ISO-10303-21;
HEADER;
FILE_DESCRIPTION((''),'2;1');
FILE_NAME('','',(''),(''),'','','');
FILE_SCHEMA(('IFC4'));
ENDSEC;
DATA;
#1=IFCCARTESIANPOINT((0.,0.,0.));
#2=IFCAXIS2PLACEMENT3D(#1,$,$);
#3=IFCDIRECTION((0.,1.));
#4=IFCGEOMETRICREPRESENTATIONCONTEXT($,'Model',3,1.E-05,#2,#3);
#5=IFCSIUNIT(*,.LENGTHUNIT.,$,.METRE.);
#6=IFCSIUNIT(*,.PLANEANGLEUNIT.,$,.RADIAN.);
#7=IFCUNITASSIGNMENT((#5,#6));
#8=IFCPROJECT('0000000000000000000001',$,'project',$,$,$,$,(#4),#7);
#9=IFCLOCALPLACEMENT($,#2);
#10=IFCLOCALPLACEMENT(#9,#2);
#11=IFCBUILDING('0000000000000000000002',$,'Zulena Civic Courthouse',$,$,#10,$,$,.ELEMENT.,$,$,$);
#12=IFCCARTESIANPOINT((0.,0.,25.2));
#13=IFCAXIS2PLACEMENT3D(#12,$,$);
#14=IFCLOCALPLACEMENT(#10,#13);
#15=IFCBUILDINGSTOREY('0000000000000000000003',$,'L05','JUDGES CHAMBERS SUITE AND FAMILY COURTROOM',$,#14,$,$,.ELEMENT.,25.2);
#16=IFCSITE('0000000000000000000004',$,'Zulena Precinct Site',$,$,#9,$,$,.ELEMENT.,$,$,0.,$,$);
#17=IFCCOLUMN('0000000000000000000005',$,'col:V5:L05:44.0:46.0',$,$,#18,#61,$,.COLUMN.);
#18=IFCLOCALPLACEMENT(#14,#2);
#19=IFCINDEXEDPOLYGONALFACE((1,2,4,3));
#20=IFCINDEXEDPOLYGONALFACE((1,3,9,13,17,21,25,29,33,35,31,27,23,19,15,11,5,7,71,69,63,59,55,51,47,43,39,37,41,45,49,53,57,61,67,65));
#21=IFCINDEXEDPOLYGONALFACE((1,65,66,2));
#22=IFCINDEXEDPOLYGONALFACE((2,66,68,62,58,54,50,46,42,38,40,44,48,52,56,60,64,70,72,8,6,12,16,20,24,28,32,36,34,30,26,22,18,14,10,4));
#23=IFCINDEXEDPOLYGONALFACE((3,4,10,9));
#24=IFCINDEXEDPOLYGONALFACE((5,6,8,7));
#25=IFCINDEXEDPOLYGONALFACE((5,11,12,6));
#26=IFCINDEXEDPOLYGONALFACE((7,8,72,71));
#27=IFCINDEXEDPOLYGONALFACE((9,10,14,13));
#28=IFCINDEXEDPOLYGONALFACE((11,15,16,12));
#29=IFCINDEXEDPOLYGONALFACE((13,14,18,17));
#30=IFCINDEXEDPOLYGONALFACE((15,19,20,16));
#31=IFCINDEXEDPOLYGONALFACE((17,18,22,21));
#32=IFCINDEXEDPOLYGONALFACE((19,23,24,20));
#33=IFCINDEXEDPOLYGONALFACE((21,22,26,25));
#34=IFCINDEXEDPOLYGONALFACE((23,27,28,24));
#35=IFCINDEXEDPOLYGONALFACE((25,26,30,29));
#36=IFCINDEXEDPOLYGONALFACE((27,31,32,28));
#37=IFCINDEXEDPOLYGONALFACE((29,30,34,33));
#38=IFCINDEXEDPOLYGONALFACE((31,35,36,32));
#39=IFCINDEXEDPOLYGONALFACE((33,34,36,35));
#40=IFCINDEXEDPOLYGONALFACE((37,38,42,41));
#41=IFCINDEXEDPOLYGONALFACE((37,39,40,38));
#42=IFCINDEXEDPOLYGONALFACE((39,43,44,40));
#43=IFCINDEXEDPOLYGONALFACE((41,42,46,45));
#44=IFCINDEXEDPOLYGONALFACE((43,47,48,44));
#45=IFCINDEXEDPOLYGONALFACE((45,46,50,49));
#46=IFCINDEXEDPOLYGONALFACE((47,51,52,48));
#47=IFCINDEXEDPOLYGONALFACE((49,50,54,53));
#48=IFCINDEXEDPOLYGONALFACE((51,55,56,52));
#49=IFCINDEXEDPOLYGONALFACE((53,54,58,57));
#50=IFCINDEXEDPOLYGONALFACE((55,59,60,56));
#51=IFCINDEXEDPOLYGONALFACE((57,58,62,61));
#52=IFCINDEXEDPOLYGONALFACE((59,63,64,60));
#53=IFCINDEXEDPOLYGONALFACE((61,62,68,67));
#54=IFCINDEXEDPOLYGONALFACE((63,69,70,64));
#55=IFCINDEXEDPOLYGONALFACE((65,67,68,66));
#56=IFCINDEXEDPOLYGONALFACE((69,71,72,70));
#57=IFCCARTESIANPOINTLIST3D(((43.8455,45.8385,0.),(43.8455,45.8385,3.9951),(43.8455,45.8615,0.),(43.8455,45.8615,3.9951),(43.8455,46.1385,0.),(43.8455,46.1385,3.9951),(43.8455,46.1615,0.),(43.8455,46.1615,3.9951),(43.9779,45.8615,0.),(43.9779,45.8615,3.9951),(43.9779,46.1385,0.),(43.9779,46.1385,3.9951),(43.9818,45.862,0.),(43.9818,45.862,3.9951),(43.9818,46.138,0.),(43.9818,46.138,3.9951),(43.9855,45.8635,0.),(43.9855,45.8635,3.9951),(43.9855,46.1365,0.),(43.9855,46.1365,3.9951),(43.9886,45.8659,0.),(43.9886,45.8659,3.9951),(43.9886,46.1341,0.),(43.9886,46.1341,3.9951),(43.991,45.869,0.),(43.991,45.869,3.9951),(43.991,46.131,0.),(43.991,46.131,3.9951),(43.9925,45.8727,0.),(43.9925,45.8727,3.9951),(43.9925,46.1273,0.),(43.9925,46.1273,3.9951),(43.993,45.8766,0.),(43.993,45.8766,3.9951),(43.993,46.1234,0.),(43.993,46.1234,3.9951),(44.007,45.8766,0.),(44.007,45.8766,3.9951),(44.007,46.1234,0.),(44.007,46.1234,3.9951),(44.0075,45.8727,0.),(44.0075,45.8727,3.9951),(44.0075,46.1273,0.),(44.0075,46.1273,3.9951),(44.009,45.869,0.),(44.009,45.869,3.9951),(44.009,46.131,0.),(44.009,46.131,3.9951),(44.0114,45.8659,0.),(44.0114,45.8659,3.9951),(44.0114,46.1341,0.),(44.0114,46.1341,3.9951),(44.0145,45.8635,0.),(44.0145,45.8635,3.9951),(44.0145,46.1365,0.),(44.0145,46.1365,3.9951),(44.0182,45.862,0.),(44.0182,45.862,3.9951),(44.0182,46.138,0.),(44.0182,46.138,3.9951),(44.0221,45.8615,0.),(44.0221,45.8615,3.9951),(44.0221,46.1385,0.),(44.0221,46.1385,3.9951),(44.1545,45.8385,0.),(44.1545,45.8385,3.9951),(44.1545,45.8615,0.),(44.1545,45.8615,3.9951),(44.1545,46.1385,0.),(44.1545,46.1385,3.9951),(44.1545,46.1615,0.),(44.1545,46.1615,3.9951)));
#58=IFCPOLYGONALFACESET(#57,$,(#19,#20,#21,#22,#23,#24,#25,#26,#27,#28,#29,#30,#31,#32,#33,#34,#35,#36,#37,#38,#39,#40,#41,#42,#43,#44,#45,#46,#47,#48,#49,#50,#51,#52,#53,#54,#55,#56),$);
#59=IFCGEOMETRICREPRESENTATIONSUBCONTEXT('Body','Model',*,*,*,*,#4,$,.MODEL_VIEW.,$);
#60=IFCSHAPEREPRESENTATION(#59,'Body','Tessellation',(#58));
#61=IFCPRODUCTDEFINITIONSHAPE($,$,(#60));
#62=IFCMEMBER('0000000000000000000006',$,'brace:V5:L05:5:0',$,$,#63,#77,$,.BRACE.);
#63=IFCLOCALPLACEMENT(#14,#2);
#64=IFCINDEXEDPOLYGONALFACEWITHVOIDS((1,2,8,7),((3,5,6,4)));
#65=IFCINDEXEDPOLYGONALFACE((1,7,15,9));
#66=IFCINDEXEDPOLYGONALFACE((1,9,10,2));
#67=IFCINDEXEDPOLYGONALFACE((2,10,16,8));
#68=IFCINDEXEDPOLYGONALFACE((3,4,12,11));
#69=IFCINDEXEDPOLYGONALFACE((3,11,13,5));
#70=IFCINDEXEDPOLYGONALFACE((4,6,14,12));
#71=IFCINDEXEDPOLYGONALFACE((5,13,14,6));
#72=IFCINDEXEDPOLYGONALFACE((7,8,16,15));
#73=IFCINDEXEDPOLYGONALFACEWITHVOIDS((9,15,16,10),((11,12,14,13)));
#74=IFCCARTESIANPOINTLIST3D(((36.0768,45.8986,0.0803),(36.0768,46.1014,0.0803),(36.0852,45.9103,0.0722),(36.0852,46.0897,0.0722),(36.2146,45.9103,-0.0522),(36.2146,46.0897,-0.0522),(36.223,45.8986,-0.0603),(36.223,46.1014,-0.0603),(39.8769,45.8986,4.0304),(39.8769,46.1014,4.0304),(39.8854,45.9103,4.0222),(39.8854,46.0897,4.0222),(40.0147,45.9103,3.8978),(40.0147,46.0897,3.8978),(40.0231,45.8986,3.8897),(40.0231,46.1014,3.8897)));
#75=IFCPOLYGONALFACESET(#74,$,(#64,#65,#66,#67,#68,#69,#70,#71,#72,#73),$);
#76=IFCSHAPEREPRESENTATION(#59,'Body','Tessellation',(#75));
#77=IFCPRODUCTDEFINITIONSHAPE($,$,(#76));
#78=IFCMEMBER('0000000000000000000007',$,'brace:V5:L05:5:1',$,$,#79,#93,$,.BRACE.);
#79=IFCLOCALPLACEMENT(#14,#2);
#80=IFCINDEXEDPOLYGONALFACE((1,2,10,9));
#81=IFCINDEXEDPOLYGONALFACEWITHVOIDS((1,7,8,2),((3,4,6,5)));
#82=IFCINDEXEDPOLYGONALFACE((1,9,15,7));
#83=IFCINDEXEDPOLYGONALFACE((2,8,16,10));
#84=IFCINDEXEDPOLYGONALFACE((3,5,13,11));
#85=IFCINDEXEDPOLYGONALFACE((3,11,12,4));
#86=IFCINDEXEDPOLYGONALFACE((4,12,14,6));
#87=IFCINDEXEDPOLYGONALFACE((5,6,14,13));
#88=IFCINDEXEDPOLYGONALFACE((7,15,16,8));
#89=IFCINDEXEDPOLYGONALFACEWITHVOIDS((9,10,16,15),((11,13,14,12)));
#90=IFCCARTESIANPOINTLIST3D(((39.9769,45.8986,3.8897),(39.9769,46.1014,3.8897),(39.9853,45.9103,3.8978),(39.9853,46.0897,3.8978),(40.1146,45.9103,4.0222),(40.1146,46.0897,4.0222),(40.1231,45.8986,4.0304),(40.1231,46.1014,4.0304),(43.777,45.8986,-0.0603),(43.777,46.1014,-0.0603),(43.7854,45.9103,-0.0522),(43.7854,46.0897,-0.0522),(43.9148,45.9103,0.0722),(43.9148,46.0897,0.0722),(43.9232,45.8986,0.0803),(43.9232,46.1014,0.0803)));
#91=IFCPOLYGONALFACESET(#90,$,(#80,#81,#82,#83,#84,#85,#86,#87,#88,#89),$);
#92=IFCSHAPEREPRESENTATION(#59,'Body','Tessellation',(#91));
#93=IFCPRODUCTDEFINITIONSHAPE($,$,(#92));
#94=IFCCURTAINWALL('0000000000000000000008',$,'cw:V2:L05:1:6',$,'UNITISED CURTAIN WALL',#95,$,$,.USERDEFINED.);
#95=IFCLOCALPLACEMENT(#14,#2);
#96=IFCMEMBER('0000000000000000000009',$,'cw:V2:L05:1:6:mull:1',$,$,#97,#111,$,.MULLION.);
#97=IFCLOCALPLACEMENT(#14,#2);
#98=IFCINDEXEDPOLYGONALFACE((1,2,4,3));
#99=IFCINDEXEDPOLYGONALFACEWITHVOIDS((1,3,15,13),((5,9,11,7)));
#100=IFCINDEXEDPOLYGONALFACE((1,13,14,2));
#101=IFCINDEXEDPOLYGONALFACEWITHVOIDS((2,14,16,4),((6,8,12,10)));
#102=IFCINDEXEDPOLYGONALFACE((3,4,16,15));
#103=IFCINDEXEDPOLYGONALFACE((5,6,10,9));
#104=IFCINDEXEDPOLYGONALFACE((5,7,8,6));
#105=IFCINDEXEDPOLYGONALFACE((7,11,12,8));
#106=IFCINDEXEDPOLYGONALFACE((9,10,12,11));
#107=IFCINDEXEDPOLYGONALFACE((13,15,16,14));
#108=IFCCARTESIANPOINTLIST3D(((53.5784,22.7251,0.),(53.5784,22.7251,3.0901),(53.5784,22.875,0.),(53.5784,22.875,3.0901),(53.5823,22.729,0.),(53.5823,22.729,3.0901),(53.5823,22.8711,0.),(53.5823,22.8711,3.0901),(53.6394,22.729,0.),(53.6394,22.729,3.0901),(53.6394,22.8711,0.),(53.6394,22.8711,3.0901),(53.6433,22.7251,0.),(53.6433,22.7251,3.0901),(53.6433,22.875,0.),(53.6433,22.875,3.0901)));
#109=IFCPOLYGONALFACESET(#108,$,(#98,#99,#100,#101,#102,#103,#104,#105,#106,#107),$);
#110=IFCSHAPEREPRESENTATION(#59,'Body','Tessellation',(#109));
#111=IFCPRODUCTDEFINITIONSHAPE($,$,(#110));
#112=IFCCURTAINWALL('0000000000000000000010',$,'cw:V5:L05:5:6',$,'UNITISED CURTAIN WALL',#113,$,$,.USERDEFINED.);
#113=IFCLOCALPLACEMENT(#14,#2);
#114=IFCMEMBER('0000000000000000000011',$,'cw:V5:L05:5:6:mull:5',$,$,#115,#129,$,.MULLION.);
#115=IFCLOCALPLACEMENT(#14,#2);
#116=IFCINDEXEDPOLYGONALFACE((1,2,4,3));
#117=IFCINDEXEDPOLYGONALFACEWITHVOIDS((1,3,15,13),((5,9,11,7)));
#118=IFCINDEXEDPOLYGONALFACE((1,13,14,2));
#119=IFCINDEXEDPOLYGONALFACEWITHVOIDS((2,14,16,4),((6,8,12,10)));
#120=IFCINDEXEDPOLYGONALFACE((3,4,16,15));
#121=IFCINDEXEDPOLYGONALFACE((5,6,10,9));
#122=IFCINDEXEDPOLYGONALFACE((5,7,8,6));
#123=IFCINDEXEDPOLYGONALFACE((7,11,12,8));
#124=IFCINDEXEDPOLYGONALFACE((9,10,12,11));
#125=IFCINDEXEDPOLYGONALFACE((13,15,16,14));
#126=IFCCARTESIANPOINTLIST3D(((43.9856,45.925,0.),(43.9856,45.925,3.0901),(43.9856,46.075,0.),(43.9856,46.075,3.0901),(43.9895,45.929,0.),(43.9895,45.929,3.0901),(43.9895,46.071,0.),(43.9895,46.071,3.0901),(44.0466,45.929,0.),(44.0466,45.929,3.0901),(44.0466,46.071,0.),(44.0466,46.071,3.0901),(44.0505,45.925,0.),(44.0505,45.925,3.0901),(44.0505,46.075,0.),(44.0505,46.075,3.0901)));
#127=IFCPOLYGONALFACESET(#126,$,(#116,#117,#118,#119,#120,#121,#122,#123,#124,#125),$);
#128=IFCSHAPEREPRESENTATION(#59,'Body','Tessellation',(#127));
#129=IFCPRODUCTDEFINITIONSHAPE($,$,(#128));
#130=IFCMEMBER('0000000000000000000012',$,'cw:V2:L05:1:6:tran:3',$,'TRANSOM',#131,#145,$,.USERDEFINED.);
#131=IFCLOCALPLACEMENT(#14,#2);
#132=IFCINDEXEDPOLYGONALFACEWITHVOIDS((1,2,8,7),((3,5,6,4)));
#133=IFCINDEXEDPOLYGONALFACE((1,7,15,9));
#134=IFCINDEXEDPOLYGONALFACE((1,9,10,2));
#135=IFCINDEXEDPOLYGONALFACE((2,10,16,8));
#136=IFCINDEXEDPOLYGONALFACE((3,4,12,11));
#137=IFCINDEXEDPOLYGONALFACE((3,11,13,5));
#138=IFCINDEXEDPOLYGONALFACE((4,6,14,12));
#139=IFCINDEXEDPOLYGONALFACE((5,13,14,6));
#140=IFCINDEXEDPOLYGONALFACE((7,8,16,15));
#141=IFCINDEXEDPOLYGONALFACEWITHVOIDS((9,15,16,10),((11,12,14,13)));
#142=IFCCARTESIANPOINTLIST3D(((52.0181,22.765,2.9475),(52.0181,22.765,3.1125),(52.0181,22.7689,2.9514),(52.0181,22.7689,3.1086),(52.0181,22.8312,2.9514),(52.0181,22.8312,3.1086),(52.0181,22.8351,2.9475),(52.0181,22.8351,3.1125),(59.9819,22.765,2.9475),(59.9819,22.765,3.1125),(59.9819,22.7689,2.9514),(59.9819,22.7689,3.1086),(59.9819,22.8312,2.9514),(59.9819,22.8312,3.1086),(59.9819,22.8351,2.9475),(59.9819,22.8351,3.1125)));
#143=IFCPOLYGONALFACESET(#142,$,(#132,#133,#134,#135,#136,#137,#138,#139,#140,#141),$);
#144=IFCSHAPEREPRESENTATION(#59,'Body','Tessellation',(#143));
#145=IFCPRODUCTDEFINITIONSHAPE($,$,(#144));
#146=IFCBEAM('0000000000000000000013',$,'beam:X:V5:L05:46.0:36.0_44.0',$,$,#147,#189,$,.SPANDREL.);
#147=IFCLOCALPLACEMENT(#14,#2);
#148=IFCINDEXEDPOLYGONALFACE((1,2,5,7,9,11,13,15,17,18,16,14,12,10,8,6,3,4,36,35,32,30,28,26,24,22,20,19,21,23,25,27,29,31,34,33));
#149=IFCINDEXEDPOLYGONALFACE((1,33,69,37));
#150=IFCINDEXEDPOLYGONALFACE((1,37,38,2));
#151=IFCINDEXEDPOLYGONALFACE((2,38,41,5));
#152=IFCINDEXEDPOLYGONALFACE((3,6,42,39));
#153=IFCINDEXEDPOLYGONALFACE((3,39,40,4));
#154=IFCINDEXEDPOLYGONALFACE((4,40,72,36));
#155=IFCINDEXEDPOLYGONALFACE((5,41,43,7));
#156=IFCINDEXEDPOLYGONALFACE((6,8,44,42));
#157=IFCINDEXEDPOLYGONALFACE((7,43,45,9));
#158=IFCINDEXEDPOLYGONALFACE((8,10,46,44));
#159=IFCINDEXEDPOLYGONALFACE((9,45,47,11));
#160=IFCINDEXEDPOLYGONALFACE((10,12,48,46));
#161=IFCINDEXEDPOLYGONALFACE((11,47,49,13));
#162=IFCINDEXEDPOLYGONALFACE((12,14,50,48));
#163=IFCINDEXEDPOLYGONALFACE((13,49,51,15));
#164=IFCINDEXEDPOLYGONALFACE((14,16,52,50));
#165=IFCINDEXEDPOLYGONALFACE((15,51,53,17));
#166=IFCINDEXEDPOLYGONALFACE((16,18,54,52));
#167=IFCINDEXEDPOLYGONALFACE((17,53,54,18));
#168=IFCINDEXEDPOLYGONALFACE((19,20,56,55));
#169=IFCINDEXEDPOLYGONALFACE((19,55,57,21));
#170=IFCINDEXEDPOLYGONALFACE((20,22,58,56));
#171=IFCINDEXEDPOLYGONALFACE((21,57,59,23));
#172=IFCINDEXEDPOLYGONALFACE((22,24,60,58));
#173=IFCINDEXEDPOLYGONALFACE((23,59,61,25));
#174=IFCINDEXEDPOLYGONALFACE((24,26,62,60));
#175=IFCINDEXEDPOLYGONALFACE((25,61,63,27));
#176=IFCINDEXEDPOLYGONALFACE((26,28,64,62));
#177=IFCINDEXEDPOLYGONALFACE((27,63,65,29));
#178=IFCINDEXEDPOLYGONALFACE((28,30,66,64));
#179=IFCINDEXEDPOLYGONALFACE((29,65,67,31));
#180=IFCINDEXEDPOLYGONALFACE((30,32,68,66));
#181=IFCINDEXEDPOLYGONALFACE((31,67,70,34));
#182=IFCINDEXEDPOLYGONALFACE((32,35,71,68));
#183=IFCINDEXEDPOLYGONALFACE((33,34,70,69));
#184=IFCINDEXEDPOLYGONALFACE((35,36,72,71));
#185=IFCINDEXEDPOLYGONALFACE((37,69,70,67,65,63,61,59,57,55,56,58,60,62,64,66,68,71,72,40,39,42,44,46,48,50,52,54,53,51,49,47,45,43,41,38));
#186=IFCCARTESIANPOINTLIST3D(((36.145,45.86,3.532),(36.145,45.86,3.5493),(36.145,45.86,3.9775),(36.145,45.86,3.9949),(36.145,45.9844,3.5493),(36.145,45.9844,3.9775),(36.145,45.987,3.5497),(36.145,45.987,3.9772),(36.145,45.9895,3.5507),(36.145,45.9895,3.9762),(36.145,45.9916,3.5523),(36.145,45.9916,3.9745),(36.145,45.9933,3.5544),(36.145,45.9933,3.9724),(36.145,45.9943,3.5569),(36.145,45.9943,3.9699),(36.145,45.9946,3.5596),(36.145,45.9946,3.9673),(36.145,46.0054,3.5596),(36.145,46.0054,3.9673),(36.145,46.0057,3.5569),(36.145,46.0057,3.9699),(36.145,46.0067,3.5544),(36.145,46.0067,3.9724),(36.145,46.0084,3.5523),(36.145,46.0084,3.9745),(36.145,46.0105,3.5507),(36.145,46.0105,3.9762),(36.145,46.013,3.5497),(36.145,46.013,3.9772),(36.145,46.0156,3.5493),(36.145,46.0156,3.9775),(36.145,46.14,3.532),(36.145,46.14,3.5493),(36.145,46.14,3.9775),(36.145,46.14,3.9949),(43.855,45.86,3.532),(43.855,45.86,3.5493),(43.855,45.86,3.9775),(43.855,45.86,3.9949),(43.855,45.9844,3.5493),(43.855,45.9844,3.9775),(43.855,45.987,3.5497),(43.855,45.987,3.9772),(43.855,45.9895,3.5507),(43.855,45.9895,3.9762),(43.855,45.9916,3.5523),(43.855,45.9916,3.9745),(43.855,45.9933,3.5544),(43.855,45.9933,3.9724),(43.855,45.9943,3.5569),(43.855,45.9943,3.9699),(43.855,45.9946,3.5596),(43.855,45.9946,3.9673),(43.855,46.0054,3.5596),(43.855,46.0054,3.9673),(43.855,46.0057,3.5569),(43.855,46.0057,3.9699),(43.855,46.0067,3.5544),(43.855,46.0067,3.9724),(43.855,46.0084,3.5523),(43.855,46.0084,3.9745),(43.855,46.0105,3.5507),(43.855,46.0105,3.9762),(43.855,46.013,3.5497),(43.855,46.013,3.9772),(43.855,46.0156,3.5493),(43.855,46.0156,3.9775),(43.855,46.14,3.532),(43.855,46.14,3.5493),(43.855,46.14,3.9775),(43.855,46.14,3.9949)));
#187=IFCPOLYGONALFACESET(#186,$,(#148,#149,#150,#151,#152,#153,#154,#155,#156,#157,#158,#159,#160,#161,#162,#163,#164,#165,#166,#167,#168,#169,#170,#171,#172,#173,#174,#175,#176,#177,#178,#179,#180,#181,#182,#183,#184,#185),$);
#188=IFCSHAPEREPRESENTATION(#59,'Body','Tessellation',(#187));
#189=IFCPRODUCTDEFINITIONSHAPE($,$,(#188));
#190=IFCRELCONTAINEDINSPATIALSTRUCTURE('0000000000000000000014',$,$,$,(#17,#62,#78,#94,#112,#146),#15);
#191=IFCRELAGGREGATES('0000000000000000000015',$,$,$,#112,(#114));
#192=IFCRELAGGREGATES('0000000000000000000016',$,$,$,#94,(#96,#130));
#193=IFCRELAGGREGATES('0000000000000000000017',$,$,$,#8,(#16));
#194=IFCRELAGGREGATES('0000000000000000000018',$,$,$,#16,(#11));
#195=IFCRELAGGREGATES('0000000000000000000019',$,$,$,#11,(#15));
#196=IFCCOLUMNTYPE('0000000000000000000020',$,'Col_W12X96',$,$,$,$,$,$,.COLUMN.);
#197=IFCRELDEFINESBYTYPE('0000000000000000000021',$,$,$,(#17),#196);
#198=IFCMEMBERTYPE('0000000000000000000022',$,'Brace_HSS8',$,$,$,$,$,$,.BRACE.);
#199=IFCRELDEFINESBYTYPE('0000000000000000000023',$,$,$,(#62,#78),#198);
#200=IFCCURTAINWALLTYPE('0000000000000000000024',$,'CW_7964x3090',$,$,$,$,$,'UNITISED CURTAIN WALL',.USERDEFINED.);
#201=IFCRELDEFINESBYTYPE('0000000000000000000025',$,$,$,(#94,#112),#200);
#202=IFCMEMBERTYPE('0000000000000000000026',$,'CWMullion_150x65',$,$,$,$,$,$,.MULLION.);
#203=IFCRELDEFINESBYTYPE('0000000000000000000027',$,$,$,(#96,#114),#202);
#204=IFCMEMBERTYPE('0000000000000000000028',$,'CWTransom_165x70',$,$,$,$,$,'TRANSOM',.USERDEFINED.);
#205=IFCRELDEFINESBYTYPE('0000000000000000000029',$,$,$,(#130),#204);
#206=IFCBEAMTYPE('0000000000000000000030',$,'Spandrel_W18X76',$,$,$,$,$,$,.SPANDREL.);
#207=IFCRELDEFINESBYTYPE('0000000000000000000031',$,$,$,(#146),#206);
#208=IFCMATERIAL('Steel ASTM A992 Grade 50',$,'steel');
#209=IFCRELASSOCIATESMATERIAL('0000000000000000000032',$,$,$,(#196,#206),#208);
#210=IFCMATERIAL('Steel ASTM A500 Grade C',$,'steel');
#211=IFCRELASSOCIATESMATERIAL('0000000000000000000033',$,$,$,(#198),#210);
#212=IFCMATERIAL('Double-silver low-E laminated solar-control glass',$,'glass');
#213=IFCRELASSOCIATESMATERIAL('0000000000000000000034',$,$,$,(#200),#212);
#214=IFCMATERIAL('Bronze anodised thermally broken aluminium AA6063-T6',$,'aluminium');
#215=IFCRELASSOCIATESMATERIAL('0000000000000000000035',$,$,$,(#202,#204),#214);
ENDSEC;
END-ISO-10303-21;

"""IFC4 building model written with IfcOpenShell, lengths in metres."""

from ifc_helpers import new_model, si_unit, direction, frame, origin, origin_2d, place, context, subcontext, project, spatial, hollow_rectangle, i_section, extrude, material, material_profile, profile_set, type_object, element, aggregate, save


model = new_model("IFC4")

# Units and contexts
model_context = context("Model", 3, precision=1e-05, world=origin(), true_north=direction((0.0, 1.0)))
body_context = subcontext(model_context, "Body", "Model", "MODEL_VIEW")
ifc_project = project(units=[si_unit("LENGTHUNIT", "METRE"), si_unit("PLANEANGLEUNIT", "RADIAN")], contexts=[model_context])

# Site, building, storey
site_placement = place(None, origin())
site = spatial("IfcSite", under=ifc_project, at=site_placement, Name="Zulena Precinct Site", CompositionType="ELEMENT", RefElevation=0.0)
building_placement = place(site_placement, origin())
building = spatial("IfcBuilding", under=site, at=building_placement, Name="Zulena Civic Courthouse", CompositionType="ELEMENT")
storey_placement = place(building_placement, frame((0.0, 0.0, 25.2)))
storey = spatial("IfcBuildingStorey", under=building, at=storey_placement, Name="L05", Description="JUDGES CHAMBERS SUITE AND FAMILY COURTROOM", CompositionType="ELEMENT", Elevation=25.2)

# Column
ifc_material_1 = material(Name="Steel ASTM A992 Grade 50", Category="steel")
ifc_material_profile_1 = material_profile(ifc_material_1, i_section(OverallWidth=0.3091, OverallDepth=0.323, WebThickness=0.0139, FlangeThickness=0.0229, FilletRadius=0.0151, at=origin_2d()), Name="W12X96")
ifc_profile_set_1 = profile_set([ifc_material_profile_1], Name="Steel ASTM A992 Grade 50")
column_type = type_object("IfcColumnType", Name="Col_W12X96", PredefinedType="COLUMN", material=ifc_profile_set_1)
column_placement = place(storey_placement, frame((44.0, 46.0, 0.0), z_axis=(0.0, 0.0, 1.0), x_axis=(1.0, 0.0, 0.0)))
element("IfcColumn", 1, at=column_placement, inside=storey, type_object=column_type, Name="col:V5:L05:44.0:46.0", PredefinedType="COLUMN", context=body_context, shape_type="SweptSolid", body=[
    extrude(i_section(OverallWidth=0.3091, OverallDepth=0.323, WebThickness=0.0139, FlangeThickness=0.0229, FilletRadius=0.0151, at=origin_2d()), origin(), (0.0, 0.0, 1.0), 3.9951),
])

# Members
ifc_material_2 = material(Name="Steel ASTM A500 Grade C", Category="steel")
ifc_material_profile_2 = material_profile(ifc_material_2, hollow_rectangle(XDim=0.2029, YDim=0.2029, WallThickness=0.0117, at=origin_2d()), Name="HSS8X8X1/2")
ifc_profile_set_2 = profile_set([ifc_material_profile_2], Name="Steel ASTM A500 Grade C")
member_type_1 = type_object("IfcMemberType", Name="Brace_HSS8", PredefinedType="BRACE", material=ifc_profile_set_2)
for number, where, z_axis, x_axis, name in (
    (2, (36.1499, 46.0, 0.01), (0.6933, 0.0, 0.720649), (0.0, 1.0, 0.0), "brace:V5:L05:5:0"),
    (3, (43.8501, 46.0, 0.01), (-0.6933, 0.0, 0.720649), (0.0, -1.0, 0.0), "brace:V5:L05:5:1"),
):
    element("IfcMember", number, at=place(storey_placement, frame(where, z_axis=z_axis, x_axis=x_axis)), inside=storey, type_object=member_type_1, Name=name, PredefinedType="BRACE", context=body_context, shape_type="SweptSolid", body=[
        extrude(hollow_rectangle(XDim=0.2029, YDim=0.2029, WallThickness=0.0117, at=origin_2d()), origin(), (0.0, 0.0, 1.0), 5.4812),
    ])

# Curtain walls, members
ifc_material_3 = material(Name="Double-silver low-E laminated solar-control glass", Category="glass")
curtain_wall_type = type_object("IfcCurtainWallType", Name="CW_7964x3090", ElementType="UNITISED CURTAIN WALL", PredefinedType="USERDEFINED", material=ifc_material_3)
curtain_wall_1_placement = place(storey_placement, origin())
curtain_wall_1 = element("IfcCurtainWall", 4, at=curtain_wall_1_placement, inside=storey, type_object=curtain_wall_type, Name="cw:V2:L05:1:6", ObjectType="UNITISED CURTAIN WALL", PredefinedType="USERDEFINED")
ifc_material_4 = material(Name="Bronze anodised thermally broken aluminium AA6063-T6", Category="aluminium")
ifc_material_profile_3 = material_profile(ifc_material_4, hollow_rectangle(XDim=0.0649, YDim=0.1499, WallThickness=0.0039, at=origin_2d()), Name="CWM150X65X4")
ifc_profile_set_3 = profile_set([ifc_material_profile_3], Name="Bronze anodised thermally broken aluminium AA6063-T6")
member_type_2 = type_object("IfcMemberType", Name="CWMullion_150x65", PredefinedType="MULLION", material=ifc_profile_set_3)
member_1_placement = place(storey_placement, frame((53.6108, 22.8, 0.0), z_axis=(0.0, 0.0, 1.0), x_axis=(1.0, 0.0, 0.0)))
member_1 = element("IfcMember", 5, at=member_1_placement, type_object=member_type_2, Name="cw:V2:L05:1:6:mull:1", PredefinedType="MULLION", context=body_context, shape_type="SweptSolid", body=[
    extrude(hollow_rectangle(XDim=0.0649, YDim=0.1499, WallThickness=0.0039, at=origin_2d()), origin(), (0.0, 0.0, 1.0), 3.0901),
])
curtain_wall_2_placement = place(storey_placement, origin())
curtain_wall_2 = element("IfcCurtainWall", 6, at=curtain_wall_2_placement, inside=storey, type_object=curtain_wall_type, Name="cw:V5:L05:5:6", ObjectType="UNITISED CURTAIN WALL", PredefinedType="USERDEFINED")
member_2_placement = place(storey_placement, frame((44.0181, 46.0, 0.0), z_axis=(0.0, 0.0, 1.0), x_axis=(1.0, 0.0, 0.0)))
member_2 = element("IfcMember", 7, at=member_2_placement, type_object=member_type_2, Name="cw:V5:L05:5:6:mull:5", PredefinedType="MULLION", context=body_context, shape_type="SweptSolid", body=[
    extrude(hollow_rectangle(XDim=0.0649, YDim=0.1499, WallThickness=0.0039, at=origin_2d()), origin(), (0.0, 0.0, 1.0), 3.0901),
])
aggregate(curtain_wall_2, [member_2])

# Member
ifc_material_profile_4 = material_profile(ifc_material_4, hollow_rectangle(XDim=0.0701, YDim=0.165, WallThickness=0.0039, at=origin_2d()), Name="CWT165X70X4")
ifc_profile_set_4 = profile_set([ifc_material_profile_4], Name="Bronze anodised thermally broken aluminium AA6063-T6")
member_type_3 = type_object("IfcMemberType", Name="CWTransom_165x70", ElementType="TRANSOM", PredefinedType="USERDEFINED", material=ifc_profile_set_4)
member_3_placement = place(storey_placement, frame((52.0181, 22.8, 3.03), z_axis=(1.0, 0.0, 0.0), x_axis=(0.0, 1.0, 0.0)))
member_3 = element("IfcMember", 8, at=member_3_placement, type_object=member_type_3, Name="cw:V2:L05:1:6:tran:3", ObjectType="TRANSOM", PredefinedType="USERDEFINED", context=body_context, shape_type="SweptSolid", body=[
    extrude(hollow_rectangle(XDim=0.0701, YDim=0.165, WallThickness=0.0039, at=origin_2d()), origin(), (0.0, 0.0, 1.0), 7.9639),
])

# Beam
ifc_material_profile_5 = material_profile(ifc_material_1, i_section(OverallWidth=0.28, OverallDepth=0.4629, WebThickness=0.0107, FlangeThickness=0.0173, FilletRadius=0.0103, at=origin_2d()), Name="W18X76")
ifc_profile_set_5 = profile_set([ifc_material_profile_5], Name="Steel ASTM A992 Grade 50")
beam_type_1 = type_object("IfcBeamType", Name="Spandrel_W18X76", PredefinedType="SPANDREL", material=ifc_profile_set_5)
for number, where, z_axis, x_axis, name in (
    (9, (36.145, 46.0, 3.7634), (1.0, 0.0, 0.0), (0.0, 1.0, 0.0), "beam:X:V5:L05:46.0:36.0_44.0"),
):
    element("IfcBeam", number, at=place(storey_placement, frame(where, z_axis=z_axis, x_axis=x_axis)), inside=storey, type_object=beam_type_1, Name=name, PredefinedType="SPANDREL", context=body_context, shape_type="SweptSolid", body=[
        extrude(i_section(OverallWidth=0.28, OverallDepth=0.4629, WebThickness=0.0107, FlangeThickness=0.0173, FilletRadius=0.0103, at=origin_2d()), origin(), (0.0, 0.0, 1.0), 7.71),
    ])

aggregate(curtain_wall_1, [member_1, member_3])

save(model, "model.ifc")
